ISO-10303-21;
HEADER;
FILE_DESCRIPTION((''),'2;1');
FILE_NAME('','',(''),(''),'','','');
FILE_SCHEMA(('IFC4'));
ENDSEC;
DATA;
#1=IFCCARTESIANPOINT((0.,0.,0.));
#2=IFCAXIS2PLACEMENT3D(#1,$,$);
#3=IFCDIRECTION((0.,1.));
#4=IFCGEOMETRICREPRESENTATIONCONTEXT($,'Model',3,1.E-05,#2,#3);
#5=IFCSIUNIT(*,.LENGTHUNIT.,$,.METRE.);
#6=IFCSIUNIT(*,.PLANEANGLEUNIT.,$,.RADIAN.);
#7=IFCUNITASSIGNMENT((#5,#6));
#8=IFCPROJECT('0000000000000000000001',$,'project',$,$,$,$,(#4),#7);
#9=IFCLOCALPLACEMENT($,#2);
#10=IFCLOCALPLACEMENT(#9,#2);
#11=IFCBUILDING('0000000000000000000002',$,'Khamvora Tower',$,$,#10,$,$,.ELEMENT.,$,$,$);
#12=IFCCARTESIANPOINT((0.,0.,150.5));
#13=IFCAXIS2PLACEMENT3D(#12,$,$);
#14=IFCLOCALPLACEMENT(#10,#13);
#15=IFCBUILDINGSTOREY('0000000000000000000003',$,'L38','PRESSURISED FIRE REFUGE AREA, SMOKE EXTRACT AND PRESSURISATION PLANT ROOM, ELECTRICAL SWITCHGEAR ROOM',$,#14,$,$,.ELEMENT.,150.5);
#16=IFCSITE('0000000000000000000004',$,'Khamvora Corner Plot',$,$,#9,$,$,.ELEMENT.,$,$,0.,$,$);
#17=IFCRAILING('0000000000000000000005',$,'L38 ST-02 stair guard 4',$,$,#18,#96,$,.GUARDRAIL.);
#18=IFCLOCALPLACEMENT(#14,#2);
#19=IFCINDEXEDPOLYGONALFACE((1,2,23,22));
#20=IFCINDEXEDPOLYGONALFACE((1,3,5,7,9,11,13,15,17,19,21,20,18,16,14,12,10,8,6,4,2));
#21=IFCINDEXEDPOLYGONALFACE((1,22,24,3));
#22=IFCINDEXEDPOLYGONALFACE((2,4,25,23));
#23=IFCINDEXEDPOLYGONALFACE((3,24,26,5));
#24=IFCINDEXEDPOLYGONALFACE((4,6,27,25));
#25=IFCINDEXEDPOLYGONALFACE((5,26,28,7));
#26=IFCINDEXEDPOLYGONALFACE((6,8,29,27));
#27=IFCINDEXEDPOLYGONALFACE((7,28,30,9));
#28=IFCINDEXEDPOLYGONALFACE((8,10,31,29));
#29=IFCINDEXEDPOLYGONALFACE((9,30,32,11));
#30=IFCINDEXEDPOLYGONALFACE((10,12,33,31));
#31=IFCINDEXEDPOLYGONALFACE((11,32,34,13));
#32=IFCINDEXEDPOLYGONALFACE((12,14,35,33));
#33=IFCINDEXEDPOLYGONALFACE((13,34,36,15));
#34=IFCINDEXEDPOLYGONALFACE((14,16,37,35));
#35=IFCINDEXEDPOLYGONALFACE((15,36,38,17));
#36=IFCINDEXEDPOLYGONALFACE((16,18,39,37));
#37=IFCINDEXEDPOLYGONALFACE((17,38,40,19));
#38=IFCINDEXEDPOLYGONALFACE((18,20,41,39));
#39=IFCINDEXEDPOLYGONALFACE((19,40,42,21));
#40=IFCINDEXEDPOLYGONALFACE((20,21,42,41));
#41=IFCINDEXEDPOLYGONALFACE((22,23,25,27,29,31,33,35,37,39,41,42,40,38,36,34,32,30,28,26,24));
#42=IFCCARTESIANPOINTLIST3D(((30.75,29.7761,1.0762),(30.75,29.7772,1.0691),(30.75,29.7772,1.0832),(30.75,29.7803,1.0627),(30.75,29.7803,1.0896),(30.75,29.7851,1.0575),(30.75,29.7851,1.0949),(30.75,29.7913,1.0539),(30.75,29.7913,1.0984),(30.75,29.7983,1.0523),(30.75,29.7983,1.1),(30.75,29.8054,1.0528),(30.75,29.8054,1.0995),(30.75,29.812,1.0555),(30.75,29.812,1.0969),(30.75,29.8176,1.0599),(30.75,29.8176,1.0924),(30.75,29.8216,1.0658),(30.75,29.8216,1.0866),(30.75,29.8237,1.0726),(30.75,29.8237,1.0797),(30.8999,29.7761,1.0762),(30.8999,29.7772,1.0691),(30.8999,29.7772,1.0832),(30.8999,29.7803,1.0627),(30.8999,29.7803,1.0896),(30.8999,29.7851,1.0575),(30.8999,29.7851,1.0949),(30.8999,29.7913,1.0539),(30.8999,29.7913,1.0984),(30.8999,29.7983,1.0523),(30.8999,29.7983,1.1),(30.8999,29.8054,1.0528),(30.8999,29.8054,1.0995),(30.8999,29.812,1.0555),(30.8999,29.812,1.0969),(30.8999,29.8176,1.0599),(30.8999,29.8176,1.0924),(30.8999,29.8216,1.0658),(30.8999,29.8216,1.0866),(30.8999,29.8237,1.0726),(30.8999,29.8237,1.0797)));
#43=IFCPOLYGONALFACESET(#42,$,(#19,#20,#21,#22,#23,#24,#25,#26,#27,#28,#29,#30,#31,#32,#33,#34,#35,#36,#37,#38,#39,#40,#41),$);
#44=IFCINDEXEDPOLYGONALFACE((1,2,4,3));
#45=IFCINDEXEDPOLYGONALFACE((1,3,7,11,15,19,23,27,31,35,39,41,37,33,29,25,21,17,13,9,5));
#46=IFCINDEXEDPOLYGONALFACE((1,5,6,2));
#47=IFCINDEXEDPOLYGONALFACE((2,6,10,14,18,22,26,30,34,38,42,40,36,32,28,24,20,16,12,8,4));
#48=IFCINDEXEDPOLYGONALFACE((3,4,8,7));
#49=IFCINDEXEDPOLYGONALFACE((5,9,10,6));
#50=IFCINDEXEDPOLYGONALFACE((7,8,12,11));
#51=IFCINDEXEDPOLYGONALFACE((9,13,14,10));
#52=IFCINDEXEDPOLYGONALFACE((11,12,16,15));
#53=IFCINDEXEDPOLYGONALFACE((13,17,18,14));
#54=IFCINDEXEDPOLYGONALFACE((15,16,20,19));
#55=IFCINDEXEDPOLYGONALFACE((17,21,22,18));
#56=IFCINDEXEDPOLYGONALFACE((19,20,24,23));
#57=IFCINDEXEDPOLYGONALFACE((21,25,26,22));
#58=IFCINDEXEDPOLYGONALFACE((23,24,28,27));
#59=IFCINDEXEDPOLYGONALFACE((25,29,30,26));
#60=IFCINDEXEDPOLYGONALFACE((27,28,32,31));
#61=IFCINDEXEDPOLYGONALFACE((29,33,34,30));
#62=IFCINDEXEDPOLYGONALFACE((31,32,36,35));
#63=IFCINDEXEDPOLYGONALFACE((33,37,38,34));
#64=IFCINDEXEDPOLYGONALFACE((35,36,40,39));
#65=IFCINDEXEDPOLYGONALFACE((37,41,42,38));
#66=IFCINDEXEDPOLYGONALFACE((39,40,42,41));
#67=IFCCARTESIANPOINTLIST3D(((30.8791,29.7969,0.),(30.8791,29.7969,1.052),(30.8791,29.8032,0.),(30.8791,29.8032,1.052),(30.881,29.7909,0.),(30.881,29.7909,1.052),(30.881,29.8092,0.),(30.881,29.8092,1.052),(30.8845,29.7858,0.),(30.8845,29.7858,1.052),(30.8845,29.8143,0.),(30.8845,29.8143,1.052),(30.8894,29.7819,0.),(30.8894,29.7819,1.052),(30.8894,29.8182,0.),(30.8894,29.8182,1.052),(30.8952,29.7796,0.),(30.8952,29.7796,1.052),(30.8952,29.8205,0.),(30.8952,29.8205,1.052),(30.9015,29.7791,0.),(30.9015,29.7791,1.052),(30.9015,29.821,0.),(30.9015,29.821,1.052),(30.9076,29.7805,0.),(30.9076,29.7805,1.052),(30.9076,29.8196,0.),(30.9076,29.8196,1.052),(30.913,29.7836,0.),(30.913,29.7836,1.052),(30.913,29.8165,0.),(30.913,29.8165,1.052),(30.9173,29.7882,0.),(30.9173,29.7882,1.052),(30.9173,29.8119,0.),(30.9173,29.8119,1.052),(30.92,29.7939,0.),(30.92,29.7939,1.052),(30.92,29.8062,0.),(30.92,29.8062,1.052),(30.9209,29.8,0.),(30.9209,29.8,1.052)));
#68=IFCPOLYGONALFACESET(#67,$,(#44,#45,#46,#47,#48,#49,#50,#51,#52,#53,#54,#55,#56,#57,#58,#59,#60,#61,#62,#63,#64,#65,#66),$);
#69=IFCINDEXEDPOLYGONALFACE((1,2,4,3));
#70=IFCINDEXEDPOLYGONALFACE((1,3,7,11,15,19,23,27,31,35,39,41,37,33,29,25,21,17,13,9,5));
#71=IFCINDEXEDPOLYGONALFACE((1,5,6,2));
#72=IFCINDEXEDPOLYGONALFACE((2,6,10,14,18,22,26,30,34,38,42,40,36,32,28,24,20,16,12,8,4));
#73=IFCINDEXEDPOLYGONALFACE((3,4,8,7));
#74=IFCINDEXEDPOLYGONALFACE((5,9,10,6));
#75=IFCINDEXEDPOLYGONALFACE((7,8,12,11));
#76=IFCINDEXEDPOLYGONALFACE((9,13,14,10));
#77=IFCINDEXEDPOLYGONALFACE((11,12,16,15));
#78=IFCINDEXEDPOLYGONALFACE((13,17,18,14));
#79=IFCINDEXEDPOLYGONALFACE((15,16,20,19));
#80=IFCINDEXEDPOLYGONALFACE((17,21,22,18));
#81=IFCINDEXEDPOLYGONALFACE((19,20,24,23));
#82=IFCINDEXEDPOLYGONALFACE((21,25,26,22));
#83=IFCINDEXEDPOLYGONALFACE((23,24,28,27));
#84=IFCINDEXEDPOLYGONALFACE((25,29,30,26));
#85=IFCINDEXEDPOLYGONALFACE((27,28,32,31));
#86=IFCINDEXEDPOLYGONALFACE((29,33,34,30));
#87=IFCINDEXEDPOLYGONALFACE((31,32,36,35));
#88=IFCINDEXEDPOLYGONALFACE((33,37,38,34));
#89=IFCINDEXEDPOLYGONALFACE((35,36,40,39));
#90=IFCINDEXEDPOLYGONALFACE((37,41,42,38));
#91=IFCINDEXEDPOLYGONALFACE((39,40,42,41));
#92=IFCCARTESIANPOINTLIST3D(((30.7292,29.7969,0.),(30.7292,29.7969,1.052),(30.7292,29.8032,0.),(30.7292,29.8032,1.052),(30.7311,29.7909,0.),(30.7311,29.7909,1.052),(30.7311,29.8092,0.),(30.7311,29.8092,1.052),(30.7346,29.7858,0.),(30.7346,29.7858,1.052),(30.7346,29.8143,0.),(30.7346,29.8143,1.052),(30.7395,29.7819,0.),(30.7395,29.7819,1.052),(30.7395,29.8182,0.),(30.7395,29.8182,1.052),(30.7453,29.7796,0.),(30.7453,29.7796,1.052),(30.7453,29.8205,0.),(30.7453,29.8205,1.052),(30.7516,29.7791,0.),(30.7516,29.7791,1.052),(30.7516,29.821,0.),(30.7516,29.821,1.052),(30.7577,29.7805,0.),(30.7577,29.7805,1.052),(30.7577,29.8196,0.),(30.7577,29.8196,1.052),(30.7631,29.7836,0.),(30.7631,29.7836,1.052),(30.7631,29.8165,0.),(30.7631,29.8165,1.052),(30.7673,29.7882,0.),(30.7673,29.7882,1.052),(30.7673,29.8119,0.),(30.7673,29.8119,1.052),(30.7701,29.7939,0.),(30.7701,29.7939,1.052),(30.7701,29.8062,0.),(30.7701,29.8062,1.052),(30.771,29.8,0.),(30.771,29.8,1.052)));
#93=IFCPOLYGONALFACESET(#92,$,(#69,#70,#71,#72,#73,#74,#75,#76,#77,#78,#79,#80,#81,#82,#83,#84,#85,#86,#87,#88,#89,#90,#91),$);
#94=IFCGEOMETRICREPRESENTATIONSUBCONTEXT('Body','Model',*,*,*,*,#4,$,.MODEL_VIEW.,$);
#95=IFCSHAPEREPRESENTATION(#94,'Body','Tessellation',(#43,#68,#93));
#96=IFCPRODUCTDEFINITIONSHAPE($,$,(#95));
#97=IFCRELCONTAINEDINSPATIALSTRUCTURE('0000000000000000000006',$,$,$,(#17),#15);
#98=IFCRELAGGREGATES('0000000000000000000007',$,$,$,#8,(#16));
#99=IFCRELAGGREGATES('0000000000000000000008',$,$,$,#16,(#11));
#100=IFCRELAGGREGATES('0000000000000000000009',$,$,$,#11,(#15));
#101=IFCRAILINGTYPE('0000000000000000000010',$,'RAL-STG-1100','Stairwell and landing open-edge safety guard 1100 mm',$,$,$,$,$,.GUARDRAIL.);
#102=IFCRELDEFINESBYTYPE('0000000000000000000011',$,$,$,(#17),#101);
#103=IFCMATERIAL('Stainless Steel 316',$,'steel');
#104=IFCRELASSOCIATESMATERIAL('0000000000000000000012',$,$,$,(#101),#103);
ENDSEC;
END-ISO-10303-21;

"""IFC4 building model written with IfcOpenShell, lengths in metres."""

from ifc_helpers import new_model, si_unit, direction, frame, origin, origin_2d, place, context, subcontext, project, spatial, circle, extrude, material, type_object, element, save


model = new_model("IFC4")

# Units and contexts
model_context = context("Model", 3, precision=1e-05, world=origin(), true_north=direction((0.0, 1.0)))
body_context = subcontext(model_context, "Body", "Model", "MODEL_VIEW")
ifc_project = project(units=[si_unit("LENGTHUNIT", "METRE"), si_unit("PLANEANGLEUNIT", "RADIAN")], contexts=[model_context])

# Site, building, storey
site_placement = place(None, origin())
site = spatial("IfcSite", under=ifc_project, at=site_placement, Name="Khamvora Corner Plot", CompositionType="ELEMENT", RefElevation=0.0)
building_placement = place(site_placement, origin())
building = spatial("IfcBuilding", under=site, at=building_placement, Name="Khamvora Tower", CompositionType="ELEMENT")
storey_placement = place(building_placement, frame((0.0, 0.0, 150.5)))
storey = spatial("IfcBuildingStorey", under=building, at=storey_placement, Name="L38", Description="PRESSURISED FIRE REFUGE AREA, SMOKE EXTRACT AND PRESSURISATION PLANT ROOM, ELECTRICAL SWITCHGEAR ROOM", CompositionType="ELEMENT", Elevation=150.5)

# Railing
ifc_material_1 = material(Name="Stainless Steel 316", Category="steel")
railing_type_1 = type_object("IfcRailingType", Name="RAL-STG-1100", Description="Stairwell and landing open-edge safety guard 1100 mm", PredefinedType="GUARDRAIL", material=ifc_material_1)
railing_1_placement = place(storey_placement, frame((30.8999, 29.8, 0.0)))
element("IfcRailing", 1, at=railing_1_placement, inside=storey, type_object=railing_type_1, Name="L38 ST-02 stair guard 4", PredefinedType="GUARDRAIL", context=body_context, shape_type="SweptSolid", body=[
    extrude(circle(Radius=0.0239, at=origin_2d()), frame((0.0, 0.0, 1.0762), z_axis=(-1.0, 0.0, 0.0), x_axis=(0.0, -1.0, 0.0)), (0.0, 0.0, 1.0), 0.1499),
    extrude(circle(Radius=0.021, at=origin_2d()), origin(), (0.0, 0.0, 1.0), 1.052),
    extrude(circle(Radius=0.021, at=origin_2d()), frame((-0.1499, 0.0, 0.0)), (0.0, 0.0, 1.0), 1.052),
])

save(model, "model.ifc")
